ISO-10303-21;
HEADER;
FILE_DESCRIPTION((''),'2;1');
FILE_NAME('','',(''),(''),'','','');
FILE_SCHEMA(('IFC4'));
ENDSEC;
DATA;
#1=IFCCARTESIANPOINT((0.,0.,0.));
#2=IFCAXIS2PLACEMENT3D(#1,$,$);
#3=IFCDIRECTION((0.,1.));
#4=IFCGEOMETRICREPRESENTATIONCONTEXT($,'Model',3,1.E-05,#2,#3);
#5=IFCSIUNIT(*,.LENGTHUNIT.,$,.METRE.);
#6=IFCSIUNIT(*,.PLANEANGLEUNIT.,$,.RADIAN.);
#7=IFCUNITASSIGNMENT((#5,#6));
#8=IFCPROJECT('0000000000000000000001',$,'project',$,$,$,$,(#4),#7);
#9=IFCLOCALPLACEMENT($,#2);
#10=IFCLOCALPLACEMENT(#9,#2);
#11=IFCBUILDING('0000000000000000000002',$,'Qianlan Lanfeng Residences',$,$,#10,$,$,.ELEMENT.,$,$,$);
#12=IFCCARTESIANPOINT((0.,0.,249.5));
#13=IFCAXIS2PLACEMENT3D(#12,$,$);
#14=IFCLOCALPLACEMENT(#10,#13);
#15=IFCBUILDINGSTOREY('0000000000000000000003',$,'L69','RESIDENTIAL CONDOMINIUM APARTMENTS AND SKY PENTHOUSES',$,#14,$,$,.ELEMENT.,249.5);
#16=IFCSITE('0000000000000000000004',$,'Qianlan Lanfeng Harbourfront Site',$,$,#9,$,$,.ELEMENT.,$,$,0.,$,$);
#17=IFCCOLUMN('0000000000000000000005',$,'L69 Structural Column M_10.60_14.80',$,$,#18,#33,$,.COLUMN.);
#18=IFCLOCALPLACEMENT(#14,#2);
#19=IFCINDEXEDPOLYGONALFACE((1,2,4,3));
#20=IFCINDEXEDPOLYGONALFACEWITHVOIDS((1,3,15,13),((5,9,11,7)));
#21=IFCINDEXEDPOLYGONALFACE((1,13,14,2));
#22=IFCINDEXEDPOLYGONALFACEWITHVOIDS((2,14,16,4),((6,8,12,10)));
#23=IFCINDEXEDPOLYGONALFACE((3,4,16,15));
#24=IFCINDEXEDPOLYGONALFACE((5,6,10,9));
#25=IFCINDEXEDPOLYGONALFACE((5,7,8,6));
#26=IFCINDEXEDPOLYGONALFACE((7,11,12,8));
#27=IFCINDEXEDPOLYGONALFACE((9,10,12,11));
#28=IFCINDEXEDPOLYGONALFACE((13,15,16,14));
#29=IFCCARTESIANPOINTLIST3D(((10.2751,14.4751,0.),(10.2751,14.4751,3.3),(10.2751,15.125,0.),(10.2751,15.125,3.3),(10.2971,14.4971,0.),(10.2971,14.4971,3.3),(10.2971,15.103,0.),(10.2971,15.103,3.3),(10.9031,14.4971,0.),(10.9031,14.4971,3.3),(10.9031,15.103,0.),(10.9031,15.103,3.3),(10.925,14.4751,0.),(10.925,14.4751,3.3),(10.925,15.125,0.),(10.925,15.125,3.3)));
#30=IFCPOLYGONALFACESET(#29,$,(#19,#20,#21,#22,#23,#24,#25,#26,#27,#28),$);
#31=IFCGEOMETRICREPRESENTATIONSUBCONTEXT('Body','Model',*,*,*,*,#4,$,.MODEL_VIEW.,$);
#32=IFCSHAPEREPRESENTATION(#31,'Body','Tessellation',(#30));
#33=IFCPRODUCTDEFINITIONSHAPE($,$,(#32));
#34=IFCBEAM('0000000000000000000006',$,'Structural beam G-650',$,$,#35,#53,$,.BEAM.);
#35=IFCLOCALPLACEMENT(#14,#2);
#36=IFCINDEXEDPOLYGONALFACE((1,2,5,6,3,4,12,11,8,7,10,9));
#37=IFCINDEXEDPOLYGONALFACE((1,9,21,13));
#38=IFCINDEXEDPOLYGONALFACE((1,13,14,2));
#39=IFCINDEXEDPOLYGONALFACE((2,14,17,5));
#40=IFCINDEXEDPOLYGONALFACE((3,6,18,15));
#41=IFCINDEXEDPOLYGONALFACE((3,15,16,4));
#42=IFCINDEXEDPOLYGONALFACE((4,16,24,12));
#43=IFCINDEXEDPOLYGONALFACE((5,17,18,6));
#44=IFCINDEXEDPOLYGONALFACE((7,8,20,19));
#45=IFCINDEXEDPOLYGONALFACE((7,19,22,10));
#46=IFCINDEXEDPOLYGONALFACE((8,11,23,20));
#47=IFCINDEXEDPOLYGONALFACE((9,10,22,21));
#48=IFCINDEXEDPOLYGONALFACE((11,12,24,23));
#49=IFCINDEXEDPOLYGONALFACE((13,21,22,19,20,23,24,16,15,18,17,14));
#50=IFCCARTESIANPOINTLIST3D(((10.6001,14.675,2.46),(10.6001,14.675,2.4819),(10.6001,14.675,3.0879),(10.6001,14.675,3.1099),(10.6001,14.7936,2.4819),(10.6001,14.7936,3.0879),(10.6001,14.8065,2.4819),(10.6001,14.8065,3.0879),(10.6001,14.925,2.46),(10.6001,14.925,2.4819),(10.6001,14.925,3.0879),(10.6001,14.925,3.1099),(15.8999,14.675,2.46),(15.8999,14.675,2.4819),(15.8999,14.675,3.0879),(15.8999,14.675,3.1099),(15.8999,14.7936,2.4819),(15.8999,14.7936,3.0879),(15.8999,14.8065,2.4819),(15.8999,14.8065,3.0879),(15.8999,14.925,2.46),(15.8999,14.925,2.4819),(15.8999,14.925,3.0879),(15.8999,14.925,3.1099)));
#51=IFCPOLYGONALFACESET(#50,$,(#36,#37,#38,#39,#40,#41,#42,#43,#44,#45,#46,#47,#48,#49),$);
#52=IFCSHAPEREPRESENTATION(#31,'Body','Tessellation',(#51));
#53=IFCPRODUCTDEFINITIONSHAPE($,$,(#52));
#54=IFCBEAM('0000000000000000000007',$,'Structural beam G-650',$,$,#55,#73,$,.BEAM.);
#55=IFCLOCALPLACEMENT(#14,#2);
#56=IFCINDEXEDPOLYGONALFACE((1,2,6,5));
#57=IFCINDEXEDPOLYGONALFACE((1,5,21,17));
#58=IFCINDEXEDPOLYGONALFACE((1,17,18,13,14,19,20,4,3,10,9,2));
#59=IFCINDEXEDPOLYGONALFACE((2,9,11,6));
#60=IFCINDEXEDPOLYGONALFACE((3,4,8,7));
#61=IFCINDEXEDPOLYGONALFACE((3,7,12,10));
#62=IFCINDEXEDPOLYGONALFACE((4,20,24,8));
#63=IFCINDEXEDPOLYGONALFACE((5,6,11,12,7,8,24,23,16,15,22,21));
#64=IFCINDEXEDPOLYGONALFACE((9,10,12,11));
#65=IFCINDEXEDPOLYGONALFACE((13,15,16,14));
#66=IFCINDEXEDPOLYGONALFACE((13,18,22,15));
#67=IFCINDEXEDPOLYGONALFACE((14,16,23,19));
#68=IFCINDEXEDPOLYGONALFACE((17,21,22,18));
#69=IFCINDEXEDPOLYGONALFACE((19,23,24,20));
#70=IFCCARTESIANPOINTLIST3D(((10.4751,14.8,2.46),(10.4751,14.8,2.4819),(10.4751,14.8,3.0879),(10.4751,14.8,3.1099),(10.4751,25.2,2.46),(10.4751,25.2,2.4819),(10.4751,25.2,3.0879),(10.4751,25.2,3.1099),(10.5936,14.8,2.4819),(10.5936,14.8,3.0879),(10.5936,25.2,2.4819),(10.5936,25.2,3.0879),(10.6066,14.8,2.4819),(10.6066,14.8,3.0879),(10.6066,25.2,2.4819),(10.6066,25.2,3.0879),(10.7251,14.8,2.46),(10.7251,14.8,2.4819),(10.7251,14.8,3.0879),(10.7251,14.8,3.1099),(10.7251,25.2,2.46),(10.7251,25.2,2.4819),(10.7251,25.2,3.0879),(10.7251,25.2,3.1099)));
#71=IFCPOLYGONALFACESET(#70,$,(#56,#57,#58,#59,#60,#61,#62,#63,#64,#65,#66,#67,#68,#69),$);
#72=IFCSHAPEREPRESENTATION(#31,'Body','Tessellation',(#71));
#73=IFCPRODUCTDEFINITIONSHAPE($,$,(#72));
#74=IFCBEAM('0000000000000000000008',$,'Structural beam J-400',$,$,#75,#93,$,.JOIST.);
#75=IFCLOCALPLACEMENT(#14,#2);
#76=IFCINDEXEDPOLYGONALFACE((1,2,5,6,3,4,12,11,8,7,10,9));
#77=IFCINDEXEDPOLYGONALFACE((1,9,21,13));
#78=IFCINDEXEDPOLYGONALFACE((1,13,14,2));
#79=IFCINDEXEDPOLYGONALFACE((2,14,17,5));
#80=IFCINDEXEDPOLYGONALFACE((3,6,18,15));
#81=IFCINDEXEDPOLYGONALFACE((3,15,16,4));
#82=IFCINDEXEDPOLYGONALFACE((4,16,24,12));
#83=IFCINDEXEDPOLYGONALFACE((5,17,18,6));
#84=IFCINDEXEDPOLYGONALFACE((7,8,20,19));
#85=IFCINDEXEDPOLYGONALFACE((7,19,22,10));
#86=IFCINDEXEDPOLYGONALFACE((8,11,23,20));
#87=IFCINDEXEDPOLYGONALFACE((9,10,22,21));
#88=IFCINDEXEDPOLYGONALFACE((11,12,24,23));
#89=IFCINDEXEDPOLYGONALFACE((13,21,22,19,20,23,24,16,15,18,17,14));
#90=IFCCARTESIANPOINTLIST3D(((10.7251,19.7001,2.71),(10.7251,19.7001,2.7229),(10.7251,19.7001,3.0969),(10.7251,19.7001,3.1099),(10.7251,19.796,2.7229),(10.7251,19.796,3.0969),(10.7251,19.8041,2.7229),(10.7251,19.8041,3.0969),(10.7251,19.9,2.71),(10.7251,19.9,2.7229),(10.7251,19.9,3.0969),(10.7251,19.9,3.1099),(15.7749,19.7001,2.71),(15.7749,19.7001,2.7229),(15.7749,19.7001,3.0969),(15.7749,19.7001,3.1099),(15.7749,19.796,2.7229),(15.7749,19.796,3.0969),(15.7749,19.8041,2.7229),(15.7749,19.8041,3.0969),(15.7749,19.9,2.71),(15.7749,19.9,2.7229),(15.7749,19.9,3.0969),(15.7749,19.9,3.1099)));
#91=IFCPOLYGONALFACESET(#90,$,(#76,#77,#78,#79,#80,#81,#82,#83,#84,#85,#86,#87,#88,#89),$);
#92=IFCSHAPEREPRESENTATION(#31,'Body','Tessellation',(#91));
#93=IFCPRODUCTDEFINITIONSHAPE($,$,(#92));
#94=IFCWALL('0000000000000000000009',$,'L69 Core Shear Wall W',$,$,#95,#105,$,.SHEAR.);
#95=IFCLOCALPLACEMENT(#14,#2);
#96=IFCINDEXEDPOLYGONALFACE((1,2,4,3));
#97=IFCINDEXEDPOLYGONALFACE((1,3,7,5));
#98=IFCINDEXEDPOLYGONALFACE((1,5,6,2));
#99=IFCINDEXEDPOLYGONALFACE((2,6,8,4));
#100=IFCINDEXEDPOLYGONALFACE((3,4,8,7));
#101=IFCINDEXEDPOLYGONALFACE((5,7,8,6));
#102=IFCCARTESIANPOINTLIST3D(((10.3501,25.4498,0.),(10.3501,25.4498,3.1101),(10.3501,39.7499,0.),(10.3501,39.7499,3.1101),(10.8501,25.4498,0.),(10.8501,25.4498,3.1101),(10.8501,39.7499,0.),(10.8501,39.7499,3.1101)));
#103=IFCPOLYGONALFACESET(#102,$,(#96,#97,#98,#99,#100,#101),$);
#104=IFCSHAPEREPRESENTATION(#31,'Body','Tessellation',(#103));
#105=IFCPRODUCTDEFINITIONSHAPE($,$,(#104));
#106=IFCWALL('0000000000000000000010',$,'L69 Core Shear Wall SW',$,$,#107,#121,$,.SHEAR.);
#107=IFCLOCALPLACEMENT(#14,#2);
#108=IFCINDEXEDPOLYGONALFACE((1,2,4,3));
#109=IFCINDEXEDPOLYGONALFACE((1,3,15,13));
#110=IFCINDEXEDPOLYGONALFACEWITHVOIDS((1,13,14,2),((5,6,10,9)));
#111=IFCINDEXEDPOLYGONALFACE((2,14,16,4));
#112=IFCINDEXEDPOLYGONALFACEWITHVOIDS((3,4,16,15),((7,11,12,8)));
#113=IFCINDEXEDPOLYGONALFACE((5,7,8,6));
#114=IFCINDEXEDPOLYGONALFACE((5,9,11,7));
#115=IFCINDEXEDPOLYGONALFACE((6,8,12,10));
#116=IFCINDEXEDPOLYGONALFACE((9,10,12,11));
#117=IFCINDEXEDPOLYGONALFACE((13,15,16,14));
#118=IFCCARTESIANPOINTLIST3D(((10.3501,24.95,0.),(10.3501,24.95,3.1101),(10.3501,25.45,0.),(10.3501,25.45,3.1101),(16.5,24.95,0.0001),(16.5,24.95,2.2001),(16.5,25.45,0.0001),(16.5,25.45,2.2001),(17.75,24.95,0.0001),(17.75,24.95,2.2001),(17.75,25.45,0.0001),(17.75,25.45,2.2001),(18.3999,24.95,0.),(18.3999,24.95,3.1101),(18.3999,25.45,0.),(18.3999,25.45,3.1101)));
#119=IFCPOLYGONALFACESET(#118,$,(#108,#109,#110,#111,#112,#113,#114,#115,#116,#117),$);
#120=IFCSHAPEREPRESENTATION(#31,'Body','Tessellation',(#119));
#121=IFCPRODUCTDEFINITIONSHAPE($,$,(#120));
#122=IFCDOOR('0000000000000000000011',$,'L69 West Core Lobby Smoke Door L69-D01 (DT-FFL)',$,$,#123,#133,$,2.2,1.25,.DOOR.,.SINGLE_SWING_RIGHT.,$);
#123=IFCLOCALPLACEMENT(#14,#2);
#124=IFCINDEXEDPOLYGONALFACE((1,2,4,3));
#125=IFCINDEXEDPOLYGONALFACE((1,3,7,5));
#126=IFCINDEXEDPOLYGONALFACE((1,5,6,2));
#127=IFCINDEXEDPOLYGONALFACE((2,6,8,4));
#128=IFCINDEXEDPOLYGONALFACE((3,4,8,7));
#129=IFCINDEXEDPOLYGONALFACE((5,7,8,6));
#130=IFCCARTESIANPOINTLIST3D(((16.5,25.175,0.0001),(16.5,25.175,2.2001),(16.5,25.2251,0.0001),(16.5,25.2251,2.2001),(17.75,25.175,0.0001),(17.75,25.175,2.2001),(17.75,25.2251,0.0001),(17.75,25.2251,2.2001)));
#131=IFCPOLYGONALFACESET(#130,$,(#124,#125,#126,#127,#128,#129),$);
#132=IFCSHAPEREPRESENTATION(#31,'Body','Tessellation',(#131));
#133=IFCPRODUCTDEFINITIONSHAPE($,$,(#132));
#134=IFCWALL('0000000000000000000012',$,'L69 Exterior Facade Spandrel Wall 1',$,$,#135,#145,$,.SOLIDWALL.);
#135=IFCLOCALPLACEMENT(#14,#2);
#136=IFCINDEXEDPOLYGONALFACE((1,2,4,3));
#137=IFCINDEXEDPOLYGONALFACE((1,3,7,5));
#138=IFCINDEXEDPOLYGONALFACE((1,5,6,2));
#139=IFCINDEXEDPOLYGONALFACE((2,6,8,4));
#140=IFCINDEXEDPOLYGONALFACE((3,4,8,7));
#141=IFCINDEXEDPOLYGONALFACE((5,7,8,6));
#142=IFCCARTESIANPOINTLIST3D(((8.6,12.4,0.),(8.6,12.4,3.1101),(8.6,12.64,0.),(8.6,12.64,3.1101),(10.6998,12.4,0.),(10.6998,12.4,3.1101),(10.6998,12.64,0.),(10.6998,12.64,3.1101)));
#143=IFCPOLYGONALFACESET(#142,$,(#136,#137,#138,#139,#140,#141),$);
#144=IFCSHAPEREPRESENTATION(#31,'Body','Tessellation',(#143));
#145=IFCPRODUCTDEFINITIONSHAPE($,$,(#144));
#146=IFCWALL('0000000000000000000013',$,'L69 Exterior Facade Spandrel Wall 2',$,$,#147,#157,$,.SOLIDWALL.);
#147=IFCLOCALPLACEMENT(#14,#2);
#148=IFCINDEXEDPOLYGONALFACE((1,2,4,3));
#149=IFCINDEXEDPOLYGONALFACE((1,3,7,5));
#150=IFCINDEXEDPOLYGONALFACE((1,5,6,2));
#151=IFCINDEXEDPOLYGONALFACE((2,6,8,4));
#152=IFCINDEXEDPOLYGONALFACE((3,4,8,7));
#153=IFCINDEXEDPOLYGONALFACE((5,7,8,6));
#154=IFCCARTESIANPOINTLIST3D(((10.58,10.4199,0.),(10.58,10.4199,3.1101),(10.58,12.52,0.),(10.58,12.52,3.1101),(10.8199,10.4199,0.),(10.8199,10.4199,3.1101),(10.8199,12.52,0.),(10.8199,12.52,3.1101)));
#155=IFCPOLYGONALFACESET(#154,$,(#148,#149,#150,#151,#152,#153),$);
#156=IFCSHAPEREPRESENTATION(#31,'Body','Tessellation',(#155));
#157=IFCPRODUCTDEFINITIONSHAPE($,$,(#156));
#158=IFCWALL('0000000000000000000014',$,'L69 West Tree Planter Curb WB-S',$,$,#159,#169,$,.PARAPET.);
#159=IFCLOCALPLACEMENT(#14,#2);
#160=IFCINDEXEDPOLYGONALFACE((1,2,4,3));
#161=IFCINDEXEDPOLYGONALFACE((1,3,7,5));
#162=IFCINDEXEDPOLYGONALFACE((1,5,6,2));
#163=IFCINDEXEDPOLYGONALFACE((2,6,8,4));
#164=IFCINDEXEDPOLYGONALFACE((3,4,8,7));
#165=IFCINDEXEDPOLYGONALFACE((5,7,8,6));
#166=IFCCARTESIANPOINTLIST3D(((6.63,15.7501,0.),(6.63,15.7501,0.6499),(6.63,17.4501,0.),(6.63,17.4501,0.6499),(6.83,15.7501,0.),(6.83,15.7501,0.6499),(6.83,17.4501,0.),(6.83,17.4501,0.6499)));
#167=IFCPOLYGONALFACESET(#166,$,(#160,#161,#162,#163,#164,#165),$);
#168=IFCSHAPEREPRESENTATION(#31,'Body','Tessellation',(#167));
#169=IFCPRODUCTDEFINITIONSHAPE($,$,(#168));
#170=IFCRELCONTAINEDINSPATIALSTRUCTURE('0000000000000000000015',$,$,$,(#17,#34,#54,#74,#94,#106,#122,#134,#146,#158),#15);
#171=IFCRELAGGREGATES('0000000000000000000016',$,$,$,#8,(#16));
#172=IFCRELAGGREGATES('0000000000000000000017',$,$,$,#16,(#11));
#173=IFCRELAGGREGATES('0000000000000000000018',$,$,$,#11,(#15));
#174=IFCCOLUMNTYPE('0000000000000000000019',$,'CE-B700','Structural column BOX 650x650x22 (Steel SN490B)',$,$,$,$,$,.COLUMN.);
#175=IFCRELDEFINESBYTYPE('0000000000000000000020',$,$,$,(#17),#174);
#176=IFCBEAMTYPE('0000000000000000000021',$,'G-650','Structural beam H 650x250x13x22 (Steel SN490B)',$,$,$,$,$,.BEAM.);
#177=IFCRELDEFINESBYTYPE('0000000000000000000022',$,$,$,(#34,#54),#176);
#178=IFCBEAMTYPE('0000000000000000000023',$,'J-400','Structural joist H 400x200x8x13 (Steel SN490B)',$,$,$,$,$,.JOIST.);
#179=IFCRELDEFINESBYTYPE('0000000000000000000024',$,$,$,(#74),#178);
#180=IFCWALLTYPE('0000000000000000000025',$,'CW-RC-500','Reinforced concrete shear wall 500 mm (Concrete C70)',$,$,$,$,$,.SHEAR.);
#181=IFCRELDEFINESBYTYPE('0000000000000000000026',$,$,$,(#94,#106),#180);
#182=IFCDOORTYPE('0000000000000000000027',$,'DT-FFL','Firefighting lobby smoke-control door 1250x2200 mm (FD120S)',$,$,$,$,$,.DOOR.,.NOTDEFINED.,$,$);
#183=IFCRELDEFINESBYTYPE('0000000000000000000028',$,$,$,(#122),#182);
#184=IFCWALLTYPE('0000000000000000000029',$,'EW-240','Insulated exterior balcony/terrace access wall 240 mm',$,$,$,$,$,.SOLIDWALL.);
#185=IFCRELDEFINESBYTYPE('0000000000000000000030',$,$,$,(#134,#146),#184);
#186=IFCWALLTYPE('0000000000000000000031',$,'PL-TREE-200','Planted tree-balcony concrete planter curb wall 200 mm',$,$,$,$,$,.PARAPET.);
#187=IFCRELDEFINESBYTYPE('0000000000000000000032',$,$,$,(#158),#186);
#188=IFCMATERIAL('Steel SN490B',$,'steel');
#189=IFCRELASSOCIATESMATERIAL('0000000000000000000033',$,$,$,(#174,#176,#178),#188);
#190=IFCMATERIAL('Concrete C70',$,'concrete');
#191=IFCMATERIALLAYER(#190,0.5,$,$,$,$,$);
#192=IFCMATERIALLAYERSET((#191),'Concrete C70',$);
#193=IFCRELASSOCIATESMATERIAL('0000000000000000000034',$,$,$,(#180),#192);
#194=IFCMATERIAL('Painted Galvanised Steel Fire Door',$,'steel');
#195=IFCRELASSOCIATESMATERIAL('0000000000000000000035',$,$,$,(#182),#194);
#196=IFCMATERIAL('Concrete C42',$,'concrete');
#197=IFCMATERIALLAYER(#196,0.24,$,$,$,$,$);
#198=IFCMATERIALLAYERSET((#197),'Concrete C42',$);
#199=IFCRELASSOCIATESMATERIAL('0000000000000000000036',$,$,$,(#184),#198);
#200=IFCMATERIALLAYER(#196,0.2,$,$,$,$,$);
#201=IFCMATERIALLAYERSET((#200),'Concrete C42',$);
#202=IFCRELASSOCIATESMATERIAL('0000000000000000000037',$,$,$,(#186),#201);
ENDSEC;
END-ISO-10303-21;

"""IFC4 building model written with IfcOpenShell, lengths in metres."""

from ifc_helpers import new_model, si_unit, direction, frame, frame_2d, origin, origin_2d, place, context, subcontext, project, spatial, rectangle, hollow_rectangle, i_section, extrude, material, layer, layer_set, material_profile, profile_set, type_object, element, fill, save


model = new_model("IFC4")

# Units and contexts
model_context = context("Model", 3, precision=1e-05, world=origin(), true_north=direction((0.0, 1.0)))
body_context = subcontext(model_context, "Body", "Model", "MODEL_VIEW")
ifc_project = project(units=[si_unit("LENGTHUNIT", "METRE"), si_unit("PLANEANGLEUNIT", "RADIAN")], contexts=[model_context])

# Site, building, storey
site_placement = place(None, origin())
site = spatial("IfcSite", under=ifc_project, at=site_placement, Name="Qianlan Lanfeng Harbourfront Site", CompositionType="ELEMENT", RefElevation=0.0)
building_placement = place(site_placement, origin())
building = spatial("IfcBuilding", under=site, at=building_placement, Name="Qianlan Lanfeng Residences", CompositionType="ELEMENT")
storey_placement = place(building_placement, frame((0.0, 0.0, 249.5)))
storey = spatial("IfcBuildingStorey", under=building, at=storey_placement, Name="L69", Description="RESIDENTIAL CONDOMINIUM APARTMENTS AND SKY PENTHOUSES", CompositionType="ELEMENT", Elevation=249.5)

# Column
ifc_material_1 = material(Name="Steel SN490B", Category="steel")
ifc_material_profile_1 = material_profile(ifc_material_1, hollow_rectangle(XDim=0.6499, YDim=0.6499, WallThickness=0.022, at=origin_2d()), Name="BOX 650x650x22")
ifc_profile_set_1 = profile_set([ifc_material_profile_1], Name="Steel SN490B")
column_type = type_object("IfcColumnType", Name="CE-B700", Description="Structural column BOX 650x650x22 (Steel SN490B)", PredefinedType="COLUMN", material=ifc_profile_set_1)
column_placement = place(storey_placement, frame((10.6001, 14.8, 0.0), z_axis=(0.0, 0.0, 1.0), x_axis=(1.0, 0.0, 0.0)))
element("IfcColumn", 1, at=column_placement, inside=storey, type_object=column_type, Name="L69 Structural Column M_10.60_14.80", PredefinedType="COLUMN", context=body_context, shape_type="SweptSolid", body=[
    extrude(hollow_rectangle(XDim=0.6499, YDim=0.6499, WallThickness=0.022, at=origin_2d()), origin(), (0.0, 0.0, 1.0), 3.3),
])

# Beams
ifc_material_profile_2 = material_profile(ifc_material_1, i_section(OverallWidth=0.25, OverallDepth=0.6499, WebThickness=0.0129, FlangeThickness=0.022, at=origin_2d()), Name="H 650x250x13x22")
ifc_profile_set_2 = profile_set([ifc_material_profile_2], Name="Steel SN490B")
beam_type_1 = type_object("IfcBeamType", Name="G-650", Description="Structural beam H 650x250x13x22 (Steel SN490B)", PredefinedType="BEAM", material=ifc_profile_set_2)
beam_1_placement = place(storey_placement, frame((10.6001, 14.8, 2.7849), z_axis=(1.0, 0.0, 0.0), x_axis=(0.0, 1.0, 0.0)))
element("IfcBeam", 2, at=beam_1_placement, inside=storey, type_object=beam_type_1, Name="Structural beam G-650", PredefinedType="BEAM", context=body_context, shape_type="SweptSolid", body=[
    extrude(i_section(OverallWidth=0.25, OverallDepth=0.6499, WebThickness=0.0129, FlangeThickness=0.022, at=origin_2d()), origin(), (0.0, 0.0, 1.0), 5.2998),
])
beam_2_placement = place(storey_placement, frame((10.6001, 14.8, 2.7849), z_axis=(0.0, 1.0, 0.0), x_axis=(-1.0, 0.0, 0.0)))
element("IfcBeam", 3, at=beam_2_placement, inside=storey, type_object=beam_type_1, Name="Structural beam G-650", PredefinedType="BEAM", context=body_context, shape_type="SweptSolid", body=[
    extrude(i_section(OverallWidth=0.25, OverallDepth=0.6499, WebThickness=0.0129, FlangeThickness=0.022, at=origin_2d()), origin(), (0.0, 0.0, 1.0), 10.3999),
])
ifc_material_profile_3 = material_profile(ifc_material_1, i_section(OverallWidth=0.2, OverallDepth=0.3999, WebThickness=0.0081, FlangeThickness=0.0129, at=origin_2d()), Name="H 400x200x8x13")
ifc_profile_set_3 = profile_set([ifc_material_profile_3], Name="Steel SN490B")
beam_type_2 = type_object("IfcBeamType", Name="J-400", Description="Structural joist H 400x200x8x13 (Steel SN490B)", PredefinedType="JOIST", material=ifc_profile_set_3)
beam_3_placement = place(storey_placement, frame((10.7251, 19.8, 2.9099), z_axis=(1.0, 0.0, 0.0), x_axis=(0.0, 1.0, 0.0)))
element("IfcBeam", 4, at=beam_3_placement, inside=storey, type_object=beam_type_2, Name="Structural beam J-400", PredefinedType="JOIST", context=body_context, shape_type="SweptSolid", body=[
    extrude(i_section(OverallWidth=0.2, OverallDepth=0.3999, WebThickness=0.0081, FlangeThickness=0.0129, at=origin_2d()), origin(), (0.0, 0.0, 1.0), 5.0498),
])

# Wall
ifc_material_2 = material(Name="Concrete C70", Category="concrete")
ifc_layer_1 = layer(ifc_material_2, 0.5)
ifc_layer_set_1 = layer_set([ifc_layer_1], Name="Concrete C70")
wall_type_1 = type_object("IfcWallType", Name="CW-RC-500", Description="Reinforced concrete shear wall 500 mm (Concrete C70)", PredefinedType="SHEAR", material=ifc_layer_set_1)
wall_1_placement = place(storey_placement, frame((10.6001, 25.45, 0.0), z_axis=(0.0, 0.0, 1.0), x_axis=(0.0, 1.0, 0.0)))
element("IfcWall", 5, at=wall_1_placement, inside=storey, type_object=wall_type_1, Name="L69 Core Shear Wall W", PredefinedType="SHEAR", context=body_context, shape_type="SweptSolid", body=[
    extrude(rectangle(XDim=14.3, YDim=0.5, at=frame_2d((7.1499, 0.0))), origin(), (0.0, 0.0, 1.0), 3.1101),
])

# Wall, opening, door
wall_2_placement = place(storey_placement, frame((10.3501, 25.2, 0.0), z_axis=(0.0, 0.0, 1.0), x_axis=(1.0, 0.0, 0.0)))
wall_2 = element("IfcWall", 6, at=wall_2_placement, inside=storey, type_object=wall_type_1, Name="L69 Core Shear Wall SW", PredefinedType="SHEAR", context=body_context, shape_type="SweptSolid", body=[
    extrude(rectangle(XDim=8.0498, YDim=0.5, at=frame_2d((4.0249, 0.0))), origin(), (0.0, 0.0, 1.0), 3.1101),
])
opening_1_placement = place(wall_2_placement, frame((6.1499, 0.0, 0.0)))
opening_1 = element("IfcOpeningElement", 7, at=opening_1_placement, cuts=wall_2, PredefinedType="OPENING", context=body_context, shape_type="SweptSolid", body=[
    extrude(rectangle(XDim=1.25, YDim=2.2, at=frame_2d((0.625, 1.1001))), frame((0.0, 0.26, 0.0), z_axis=(0.0, -1.0, 0.0), x_axis=(1.0, 0.0, 0.0)), (0.0, 0.0, 1.0), 0.52),
])
ifc_material_3 = material(Name="Painted Galvanised Steel Fire Door", Category="steel")
door_type_1 = type_object("IfcDoorType", Name="DT-FFL", Description="Firefighting lobby smoke-control door 1250x2200 mm (FD120S)", OperationType="NOTDEFINED", PredefinedType="DOOR", material=ifc_material_3)
door_1_placement = place(opening_1_placement, frame((1.25, 0.0, 0.0), z_axis=(0.0, 0.0, 1.0), x_axis=(-1.0, 0.0, 0.0)))
door_1 = element("IfcDoor", 8, at=door_1_placement, inside=storey, type_object=door_type_1, Name="L69 West Core Lobby Smoke Door L69-D01 (DT-FFL)", OperationType="SINGLE_SWING_RIGHT", OverallHeight=2.2, OverallWidth=1.25, PredefinedType="DOOR", context=body_context, shape_type="SweptSolid", body=[
    extrude(rectangle(XDim=1.25, YDim=2.2, at=frame_2d((0.625, 1.1001))), frame((0.0, 0.0249, 0.0), z_axis=(0.0, -1.0, 0.0), x_axis=(1.0, 0.0, 0.0)), (0.0, 0.0, 1.0), 0.05),
])
fill(opening_1, door_1)

# Walls
ifc_material_4 = material(Name="Concrete C42", Category="concrete")
ifc_layer_2 = layer(ifc_material_4, 0.24)
ifc_layer_set_2 = layer_set([ifc_layer_2], Name="Concrete C42")
wall_type_2 = type_object("IfcWallType", Name="EW-240", Description="Insulated exterior balcony/terrace access wall 240 mm", PredefinedType="SOLIDWALL", material=ifc_layer_set_2)
wall_3_placement = place(storey_placement, frame((8.6001, 12.52, 0.0), z_axis=(0.0, 0.0, 1.0), x_axis=(1.0, 0.0, 0.0)))
element("IfcWall", 9, at=wall_3_placement, inside=storey, type_object=wall_type_2, Name="L69 Exterior Facade Spandrel Wall 1", PredefinedType="SOLIDWALL", context=body_context, shape_type="SweptSolid", body=[
    extrude(rectangle(XDim=2.0999, YDim=0.24, at=frame_2d((1.0498, 0.0))), origin(), (0.0, 0.0, 1.0), 3.1101),
])
wall_4_placement = place(storey_placement, frame((10.7, 12.52, 0.0), z_axis=(0.0, 0.0, 1.0), x_axis=(0.0, -1.0, 0.0)))
element("IfcWall", 10, at=wall_4_placement, inside=storey, type_object=wall_type_2, Name="L69 Exterior Facade Spandrel Wall 2", PredefinedType="SOLIDWALL", context=body_context, shape_type="SweptSolid", body=[
    extrude(rectangle(XDim=2.1001, YDim=0.24, at=frame_2d((1.05, 0.0))), origin(), (0.0, 0.0, 1.0), 3.1101),
])
ifc_layer_3 = layer(ifc_material_4, 0.2)
ifc_layer_set_3 = layer_set([ifc_layer_3], Name="Concrete C42")
wall_type_3 = type_object("IfcWallType", Name="PL-TREE-200", Description="Planted tree-balcony concrete planter curb wall 200 mm", PredefinedType="PARAPET", material=ifc_layer_set_3)
wall_5_placement = place(storey_placement, frame((6.73, 15.75, 0.0), z_axis=(0.0, 0.0, 1.0), x_axis=(0.0, 1.0, 0.0)))
element("IfcWall", 11, at=wall_5_placement, inside=storey, type_object=wall_type_3, Name="L69 West Tree Planter Curb WB-S", PredefinedType="PARAPET", context=body_context, shape_type="SweptSolid", body=[
    extrude(rectangle(XDim=1.7, YDim=0.2, at=frame_2d((0.8501, 0.0))), origin(), (0.0, 0.0, 1.0), 0.6499),
])

save(model, "model.ifc")
